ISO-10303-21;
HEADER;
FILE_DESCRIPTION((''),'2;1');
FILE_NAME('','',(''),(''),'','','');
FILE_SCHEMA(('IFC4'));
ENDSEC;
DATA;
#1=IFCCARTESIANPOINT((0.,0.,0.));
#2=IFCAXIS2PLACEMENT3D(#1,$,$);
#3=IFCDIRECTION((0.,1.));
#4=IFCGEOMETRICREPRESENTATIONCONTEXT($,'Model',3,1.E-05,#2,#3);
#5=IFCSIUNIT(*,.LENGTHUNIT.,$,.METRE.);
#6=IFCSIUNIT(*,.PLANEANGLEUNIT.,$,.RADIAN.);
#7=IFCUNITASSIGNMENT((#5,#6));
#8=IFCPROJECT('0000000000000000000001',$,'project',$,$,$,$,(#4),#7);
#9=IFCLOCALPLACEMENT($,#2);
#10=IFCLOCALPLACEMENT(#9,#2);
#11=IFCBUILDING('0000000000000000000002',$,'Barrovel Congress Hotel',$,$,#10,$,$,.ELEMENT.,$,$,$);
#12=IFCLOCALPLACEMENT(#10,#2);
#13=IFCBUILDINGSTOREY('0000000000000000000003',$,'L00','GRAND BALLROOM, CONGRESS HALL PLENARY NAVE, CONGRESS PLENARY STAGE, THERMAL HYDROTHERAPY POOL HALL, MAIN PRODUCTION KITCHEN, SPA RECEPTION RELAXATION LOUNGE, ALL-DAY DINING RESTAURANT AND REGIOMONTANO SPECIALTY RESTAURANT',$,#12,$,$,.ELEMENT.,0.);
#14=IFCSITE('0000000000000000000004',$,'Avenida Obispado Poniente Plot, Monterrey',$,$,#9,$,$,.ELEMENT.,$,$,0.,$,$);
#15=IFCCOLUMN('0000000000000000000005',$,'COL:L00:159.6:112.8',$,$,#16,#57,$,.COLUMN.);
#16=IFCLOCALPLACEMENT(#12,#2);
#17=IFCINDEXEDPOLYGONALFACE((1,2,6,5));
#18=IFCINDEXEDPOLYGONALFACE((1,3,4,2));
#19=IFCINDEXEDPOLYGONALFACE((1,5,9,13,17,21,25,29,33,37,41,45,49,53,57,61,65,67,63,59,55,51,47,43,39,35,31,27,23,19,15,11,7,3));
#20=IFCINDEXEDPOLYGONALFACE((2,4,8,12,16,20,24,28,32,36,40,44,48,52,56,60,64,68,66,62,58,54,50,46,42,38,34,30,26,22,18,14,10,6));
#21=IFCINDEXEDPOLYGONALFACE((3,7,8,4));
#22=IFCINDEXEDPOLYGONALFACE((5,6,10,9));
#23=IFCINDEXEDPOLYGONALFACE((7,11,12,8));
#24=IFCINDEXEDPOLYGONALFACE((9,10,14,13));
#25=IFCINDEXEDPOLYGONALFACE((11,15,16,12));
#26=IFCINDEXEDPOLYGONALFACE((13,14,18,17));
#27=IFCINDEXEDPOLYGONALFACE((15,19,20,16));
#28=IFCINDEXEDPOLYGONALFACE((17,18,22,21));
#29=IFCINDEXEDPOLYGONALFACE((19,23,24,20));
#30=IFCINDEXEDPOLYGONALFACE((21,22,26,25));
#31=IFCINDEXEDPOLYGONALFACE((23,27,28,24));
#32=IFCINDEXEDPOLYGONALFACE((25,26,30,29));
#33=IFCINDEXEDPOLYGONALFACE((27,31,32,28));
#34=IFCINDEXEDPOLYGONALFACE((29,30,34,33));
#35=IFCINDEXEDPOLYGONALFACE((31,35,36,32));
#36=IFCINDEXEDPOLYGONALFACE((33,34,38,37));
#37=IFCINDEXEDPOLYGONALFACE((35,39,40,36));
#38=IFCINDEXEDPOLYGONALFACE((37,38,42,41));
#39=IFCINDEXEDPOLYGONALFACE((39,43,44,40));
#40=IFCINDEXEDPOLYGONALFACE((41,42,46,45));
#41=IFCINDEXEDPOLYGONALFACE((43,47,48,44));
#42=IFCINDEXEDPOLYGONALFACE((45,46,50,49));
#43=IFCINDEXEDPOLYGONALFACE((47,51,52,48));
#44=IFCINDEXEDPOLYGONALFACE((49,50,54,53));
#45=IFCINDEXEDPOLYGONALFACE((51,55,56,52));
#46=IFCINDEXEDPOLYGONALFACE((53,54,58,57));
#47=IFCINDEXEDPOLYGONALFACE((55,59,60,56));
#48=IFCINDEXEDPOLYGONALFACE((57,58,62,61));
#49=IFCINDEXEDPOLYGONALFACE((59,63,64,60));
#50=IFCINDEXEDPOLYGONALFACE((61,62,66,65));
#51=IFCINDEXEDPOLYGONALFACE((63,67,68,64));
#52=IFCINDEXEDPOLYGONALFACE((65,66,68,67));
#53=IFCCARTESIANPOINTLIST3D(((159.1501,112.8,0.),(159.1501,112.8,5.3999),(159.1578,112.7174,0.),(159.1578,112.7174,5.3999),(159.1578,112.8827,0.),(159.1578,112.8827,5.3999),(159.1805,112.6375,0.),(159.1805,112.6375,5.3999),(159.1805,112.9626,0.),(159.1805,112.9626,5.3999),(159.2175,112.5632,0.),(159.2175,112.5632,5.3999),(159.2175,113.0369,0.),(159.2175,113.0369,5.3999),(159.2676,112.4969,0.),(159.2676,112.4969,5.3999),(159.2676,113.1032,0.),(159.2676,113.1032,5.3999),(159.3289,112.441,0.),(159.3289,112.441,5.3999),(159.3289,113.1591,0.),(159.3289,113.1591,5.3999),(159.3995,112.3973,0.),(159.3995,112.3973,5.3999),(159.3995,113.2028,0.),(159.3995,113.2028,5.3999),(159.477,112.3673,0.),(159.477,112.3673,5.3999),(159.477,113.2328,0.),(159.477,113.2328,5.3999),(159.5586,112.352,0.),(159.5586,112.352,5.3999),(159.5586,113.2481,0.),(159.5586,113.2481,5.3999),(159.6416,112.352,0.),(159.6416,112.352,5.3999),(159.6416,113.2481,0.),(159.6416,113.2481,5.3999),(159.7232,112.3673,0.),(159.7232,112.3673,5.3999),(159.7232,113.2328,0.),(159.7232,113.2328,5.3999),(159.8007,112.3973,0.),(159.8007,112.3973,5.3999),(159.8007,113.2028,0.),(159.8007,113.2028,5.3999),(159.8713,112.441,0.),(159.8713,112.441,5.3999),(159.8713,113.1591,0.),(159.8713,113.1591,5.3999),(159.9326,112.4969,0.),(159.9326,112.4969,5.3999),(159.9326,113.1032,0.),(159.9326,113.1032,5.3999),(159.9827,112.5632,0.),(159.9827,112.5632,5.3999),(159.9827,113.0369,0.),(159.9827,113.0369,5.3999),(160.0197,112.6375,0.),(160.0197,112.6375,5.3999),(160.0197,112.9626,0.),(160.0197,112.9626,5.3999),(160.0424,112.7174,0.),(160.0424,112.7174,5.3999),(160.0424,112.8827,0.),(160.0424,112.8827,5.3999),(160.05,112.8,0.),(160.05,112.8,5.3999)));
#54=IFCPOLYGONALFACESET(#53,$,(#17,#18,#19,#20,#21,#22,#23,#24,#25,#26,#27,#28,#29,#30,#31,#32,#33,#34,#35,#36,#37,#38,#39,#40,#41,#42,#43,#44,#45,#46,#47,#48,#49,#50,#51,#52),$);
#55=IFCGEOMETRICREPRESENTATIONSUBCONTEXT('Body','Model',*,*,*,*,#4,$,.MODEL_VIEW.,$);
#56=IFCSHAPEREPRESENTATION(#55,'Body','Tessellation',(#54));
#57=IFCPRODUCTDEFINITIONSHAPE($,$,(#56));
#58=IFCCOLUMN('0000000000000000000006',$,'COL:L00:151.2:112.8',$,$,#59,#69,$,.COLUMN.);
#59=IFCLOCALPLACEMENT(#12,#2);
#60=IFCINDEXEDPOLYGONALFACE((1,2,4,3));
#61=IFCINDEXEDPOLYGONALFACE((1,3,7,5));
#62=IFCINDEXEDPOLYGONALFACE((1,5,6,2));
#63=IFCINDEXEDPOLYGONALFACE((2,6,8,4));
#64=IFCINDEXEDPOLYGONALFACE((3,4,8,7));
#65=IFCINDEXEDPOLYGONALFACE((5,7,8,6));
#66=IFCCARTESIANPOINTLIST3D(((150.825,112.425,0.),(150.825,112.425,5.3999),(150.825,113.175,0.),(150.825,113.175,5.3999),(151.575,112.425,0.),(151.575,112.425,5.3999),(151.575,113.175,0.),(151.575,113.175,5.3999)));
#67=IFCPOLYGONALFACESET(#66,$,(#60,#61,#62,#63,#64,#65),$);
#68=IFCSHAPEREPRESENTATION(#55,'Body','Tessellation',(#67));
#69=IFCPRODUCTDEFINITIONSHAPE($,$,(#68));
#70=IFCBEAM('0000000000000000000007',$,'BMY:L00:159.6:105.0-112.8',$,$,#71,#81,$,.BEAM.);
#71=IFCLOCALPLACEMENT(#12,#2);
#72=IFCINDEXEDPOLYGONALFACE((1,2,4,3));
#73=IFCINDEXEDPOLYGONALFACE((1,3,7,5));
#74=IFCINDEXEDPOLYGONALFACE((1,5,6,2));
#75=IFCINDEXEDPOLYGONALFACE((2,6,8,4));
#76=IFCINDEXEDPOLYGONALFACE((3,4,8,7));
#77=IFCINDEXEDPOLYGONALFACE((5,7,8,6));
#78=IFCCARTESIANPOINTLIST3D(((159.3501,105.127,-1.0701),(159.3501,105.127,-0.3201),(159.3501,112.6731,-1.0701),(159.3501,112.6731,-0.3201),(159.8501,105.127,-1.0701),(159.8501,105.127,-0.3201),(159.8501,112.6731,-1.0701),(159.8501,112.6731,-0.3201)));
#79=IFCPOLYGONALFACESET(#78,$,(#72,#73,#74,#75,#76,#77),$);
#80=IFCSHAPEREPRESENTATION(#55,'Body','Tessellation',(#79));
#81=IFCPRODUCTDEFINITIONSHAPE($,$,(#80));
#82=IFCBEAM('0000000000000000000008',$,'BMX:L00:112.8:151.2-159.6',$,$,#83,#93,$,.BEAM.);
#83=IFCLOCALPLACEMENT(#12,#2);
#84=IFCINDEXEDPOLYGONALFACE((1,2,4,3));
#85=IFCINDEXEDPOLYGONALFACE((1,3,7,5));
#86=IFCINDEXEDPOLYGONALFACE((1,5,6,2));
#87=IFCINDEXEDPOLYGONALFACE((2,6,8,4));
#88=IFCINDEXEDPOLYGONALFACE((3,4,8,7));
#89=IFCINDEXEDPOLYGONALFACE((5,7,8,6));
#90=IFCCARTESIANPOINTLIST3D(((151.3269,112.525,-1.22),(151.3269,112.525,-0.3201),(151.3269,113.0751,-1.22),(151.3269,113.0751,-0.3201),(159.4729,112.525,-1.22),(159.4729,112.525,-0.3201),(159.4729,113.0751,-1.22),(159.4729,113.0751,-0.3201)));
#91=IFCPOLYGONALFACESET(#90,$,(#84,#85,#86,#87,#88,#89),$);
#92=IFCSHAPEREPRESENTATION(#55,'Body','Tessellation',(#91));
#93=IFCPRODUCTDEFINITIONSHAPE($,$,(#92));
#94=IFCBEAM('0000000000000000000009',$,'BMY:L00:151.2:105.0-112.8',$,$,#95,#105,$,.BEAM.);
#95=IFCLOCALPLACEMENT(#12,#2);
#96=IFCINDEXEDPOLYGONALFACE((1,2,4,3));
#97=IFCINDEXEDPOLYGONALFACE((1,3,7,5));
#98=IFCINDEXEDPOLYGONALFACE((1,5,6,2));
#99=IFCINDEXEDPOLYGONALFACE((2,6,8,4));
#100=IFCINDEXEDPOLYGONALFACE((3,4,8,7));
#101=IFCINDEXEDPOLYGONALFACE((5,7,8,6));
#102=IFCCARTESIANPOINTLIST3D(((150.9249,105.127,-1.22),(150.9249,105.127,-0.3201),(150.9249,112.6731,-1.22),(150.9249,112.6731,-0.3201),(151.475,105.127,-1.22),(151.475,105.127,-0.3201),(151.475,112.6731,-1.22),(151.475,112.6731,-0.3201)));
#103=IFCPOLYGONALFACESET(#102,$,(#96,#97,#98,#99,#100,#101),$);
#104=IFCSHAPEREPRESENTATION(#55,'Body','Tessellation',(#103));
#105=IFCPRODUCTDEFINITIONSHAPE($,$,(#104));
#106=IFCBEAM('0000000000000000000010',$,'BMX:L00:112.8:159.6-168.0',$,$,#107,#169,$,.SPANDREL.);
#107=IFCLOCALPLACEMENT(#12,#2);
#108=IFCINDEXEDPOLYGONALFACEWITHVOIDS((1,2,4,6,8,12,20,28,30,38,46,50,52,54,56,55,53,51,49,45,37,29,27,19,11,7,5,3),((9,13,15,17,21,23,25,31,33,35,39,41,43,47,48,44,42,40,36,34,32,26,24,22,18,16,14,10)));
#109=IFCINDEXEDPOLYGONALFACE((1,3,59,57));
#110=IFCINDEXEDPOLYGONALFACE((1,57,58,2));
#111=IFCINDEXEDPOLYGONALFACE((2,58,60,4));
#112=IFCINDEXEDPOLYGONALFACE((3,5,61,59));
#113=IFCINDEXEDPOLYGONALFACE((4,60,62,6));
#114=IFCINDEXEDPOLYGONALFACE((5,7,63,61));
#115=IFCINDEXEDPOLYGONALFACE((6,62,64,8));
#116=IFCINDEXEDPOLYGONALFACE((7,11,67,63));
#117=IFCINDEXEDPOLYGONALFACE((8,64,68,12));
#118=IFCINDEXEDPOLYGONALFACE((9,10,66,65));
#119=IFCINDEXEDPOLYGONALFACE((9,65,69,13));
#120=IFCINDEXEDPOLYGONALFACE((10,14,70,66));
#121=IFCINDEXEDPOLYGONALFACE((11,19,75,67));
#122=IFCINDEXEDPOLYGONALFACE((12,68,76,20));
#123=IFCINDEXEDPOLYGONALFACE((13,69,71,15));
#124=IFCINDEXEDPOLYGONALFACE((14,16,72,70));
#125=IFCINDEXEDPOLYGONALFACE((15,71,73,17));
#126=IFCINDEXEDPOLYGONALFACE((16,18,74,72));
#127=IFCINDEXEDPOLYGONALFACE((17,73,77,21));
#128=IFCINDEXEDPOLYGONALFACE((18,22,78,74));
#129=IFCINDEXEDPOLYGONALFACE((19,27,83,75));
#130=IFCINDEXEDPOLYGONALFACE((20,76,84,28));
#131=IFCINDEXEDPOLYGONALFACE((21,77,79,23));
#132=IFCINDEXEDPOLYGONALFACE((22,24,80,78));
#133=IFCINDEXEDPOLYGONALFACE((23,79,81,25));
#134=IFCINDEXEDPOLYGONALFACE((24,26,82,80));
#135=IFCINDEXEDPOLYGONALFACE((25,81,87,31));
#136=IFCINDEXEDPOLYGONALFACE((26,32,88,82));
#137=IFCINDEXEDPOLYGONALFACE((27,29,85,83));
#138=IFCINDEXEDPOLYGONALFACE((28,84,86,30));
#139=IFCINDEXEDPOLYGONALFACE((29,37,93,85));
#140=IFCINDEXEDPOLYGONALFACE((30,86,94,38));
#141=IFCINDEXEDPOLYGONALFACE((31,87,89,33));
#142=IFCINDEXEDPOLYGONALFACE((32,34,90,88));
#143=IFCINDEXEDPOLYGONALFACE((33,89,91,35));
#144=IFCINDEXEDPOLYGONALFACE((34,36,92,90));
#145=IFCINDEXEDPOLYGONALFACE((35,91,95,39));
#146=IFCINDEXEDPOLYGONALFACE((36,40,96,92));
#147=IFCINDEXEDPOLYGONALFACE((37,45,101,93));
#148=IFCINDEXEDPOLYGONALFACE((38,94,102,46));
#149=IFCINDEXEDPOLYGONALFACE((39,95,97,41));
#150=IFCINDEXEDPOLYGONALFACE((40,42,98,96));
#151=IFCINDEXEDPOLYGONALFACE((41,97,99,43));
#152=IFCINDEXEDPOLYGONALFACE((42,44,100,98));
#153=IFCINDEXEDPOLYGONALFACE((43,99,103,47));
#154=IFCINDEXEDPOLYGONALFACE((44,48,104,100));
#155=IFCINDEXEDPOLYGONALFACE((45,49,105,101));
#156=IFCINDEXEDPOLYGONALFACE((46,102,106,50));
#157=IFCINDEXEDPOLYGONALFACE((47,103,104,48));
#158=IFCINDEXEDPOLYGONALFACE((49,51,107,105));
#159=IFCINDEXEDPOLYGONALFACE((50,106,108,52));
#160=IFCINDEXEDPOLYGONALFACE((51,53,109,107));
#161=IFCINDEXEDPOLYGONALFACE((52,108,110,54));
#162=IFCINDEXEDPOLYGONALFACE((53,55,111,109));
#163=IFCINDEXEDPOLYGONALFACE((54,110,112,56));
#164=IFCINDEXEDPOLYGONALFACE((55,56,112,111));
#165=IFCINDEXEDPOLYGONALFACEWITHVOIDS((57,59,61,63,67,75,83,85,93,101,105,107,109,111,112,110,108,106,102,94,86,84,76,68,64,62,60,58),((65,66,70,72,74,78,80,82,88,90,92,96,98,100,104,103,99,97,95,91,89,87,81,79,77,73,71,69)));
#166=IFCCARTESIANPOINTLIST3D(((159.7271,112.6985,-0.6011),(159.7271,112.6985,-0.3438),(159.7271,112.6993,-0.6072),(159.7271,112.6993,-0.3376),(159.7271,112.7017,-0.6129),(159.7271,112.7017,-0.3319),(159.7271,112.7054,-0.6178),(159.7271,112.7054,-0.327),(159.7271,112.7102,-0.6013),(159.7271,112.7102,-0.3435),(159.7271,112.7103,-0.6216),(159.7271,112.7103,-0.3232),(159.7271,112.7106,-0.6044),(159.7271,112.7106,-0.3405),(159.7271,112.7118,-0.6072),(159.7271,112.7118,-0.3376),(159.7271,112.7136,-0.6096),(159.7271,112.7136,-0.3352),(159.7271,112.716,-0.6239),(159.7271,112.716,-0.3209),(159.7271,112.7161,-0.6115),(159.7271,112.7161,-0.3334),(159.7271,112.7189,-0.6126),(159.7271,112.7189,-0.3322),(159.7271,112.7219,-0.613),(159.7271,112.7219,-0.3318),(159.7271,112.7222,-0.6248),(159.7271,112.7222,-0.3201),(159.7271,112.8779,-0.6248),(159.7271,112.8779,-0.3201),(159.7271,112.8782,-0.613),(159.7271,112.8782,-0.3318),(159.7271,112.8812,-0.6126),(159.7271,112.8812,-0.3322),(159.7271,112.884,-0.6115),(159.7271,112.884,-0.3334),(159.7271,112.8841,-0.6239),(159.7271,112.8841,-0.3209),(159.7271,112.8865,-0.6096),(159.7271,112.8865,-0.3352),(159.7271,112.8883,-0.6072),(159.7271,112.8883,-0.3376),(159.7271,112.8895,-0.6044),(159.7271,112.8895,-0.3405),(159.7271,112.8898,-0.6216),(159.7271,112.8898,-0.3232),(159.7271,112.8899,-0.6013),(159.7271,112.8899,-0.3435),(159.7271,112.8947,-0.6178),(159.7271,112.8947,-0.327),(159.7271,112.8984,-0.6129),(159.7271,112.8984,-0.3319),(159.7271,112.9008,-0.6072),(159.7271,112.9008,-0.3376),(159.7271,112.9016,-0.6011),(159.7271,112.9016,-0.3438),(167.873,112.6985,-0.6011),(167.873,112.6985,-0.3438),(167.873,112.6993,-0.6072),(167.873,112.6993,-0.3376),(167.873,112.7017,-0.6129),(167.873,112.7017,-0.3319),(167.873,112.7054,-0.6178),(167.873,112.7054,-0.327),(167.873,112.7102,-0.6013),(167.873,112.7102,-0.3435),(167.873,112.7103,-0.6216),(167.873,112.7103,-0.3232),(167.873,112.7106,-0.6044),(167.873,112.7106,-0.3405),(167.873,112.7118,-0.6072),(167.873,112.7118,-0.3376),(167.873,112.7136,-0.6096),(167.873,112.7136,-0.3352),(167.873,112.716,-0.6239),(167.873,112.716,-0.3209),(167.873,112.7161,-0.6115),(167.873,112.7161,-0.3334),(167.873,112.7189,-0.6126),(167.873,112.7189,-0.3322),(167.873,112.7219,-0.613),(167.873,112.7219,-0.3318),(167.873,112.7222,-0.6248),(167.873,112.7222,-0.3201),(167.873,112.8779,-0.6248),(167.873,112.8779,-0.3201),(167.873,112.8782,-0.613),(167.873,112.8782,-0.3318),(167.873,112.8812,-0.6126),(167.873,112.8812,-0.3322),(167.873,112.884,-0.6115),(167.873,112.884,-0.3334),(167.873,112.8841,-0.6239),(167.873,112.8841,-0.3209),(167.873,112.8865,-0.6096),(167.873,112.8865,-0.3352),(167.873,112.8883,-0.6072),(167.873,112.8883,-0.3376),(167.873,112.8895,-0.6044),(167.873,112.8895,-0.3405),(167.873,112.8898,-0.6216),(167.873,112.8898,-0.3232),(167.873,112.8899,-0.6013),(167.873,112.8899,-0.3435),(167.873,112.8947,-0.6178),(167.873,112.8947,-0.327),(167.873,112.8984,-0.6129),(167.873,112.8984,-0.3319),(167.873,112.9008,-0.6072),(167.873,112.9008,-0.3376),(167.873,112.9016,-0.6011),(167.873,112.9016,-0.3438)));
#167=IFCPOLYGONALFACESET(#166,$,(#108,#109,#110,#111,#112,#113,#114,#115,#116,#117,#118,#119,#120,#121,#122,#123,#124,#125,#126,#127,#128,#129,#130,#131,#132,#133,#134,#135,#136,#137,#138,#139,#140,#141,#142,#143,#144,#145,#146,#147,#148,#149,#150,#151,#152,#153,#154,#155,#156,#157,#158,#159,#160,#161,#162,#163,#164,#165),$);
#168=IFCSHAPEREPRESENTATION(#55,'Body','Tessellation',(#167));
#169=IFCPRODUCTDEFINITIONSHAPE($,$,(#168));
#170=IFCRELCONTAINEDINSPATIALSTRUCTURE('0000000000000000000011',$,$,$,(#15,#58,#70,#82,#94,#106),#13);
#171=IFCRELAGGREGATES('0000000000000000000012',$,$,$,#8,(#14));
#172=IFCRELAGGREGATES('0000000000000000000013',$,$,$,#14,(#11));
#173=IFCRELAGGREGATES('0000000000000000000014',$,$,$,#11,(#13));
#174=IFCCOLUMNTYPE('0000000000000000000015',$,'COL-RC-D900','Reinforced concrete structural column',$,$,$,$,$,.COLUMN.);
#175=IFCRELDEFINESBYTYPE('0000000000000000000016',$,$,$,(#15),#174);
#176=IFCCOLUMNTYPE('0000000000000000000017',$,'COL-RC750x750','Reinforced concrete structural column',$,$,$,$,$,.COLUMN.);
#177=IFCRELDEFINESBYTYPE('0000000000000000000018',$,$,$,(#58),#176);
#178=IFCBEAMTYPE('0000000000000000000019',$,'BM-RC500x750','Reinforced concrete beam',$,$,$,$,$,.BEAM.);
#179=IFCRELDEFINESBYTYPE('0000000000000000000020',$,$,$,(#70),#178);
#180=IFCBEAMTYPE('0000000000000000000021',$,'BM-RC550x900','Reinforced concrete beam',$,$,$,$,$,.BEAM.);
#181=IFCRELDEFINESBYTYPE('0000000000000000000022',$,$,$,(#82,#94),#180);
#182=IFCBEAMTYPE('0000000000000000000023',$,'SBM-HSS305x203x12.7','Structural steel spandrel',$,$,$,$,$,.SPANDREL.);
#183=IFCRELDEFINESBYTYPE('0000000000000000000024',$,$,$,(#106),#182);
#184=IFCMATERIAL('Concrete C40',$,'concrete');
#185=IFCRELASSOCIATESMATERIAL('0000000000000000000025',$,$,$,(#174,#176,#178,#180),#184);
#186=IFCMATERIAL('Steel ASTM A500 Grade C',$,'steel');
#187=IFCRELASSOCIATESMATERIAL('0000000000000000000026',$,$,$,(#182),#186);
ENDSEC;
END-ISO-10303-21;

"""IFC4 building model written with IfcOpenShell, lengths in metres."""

from ifc_helpers import new_model, si_unit, direction, frame, origin, origin_2d, place, context, subcontext, project, spatial, rectangle, hollow_rectangle, circle, extrude, material, material_profile, profile_set, type_object, element, save


model = new_model("IFC4")

# Units and contexts
model_context = context("Model", 3, precision=1e-05, world=origin(), true_north=direction((0.0, 1.0)))
body_context = subcontext(model_context, "Body", "Model", "MODEL_VIEW")
ifc_project = project(units=[si_unit("LENGTHUNIT", "METRE"), si_unit("PLANEANGLEUNIT", "RADIAN")], contexts=[model_context])

# Site, building, storey
site_placement = place(None, origin())
site = spatial("IfcSite", under=ifc_project, at=site_placement, Name="Avenida Obispado Poniente Plot, Monterrey", CompositionType="ELEMENT", RefElevation=0.0)
building_placement = place(site_placement, origin())
building = spatial("IfcBuilding", under=site, at=building_placement, Name="Barrovel Congress Hotel", CompositionType="ELEMENT")
storey_placement = place(building_placement, origin())
storey = spatial("IfcBuildingStorey", under=building, at=storey_placement, Name="L00", Description="GRAND BALLROOM, CONGRESS HALL PLENARY NAVE, CONGRESS PLENARY STAGE, THERMAL HYDROTHERAPY POOL HALL, MAIN PRODUCTION KITCHEN, SPA RECEPTION RELAXATION LOUNGE, ALL-DAY DINING RESTAURANT AND REGIOMONTANO SPECIALTY RESTAURANT", CompositionType="ELEMENT", Elevation=0.0)

# Shared definitions
ifc_material_1 = material(Name="Concrete C40", Category="concrete")

# Columns
ifc_material_profile_1 = material_profile(ifc_material_1, circle(Radius=0.45, at=origin_2d()), Name="RC-D900")
ifc_profile_set_1 = profile_set([ifc_material_profile_1], Name="Concrete C40")
column_type_1 = type_object("IfcColumnType", Name="COL-RC-D900", Description="Reinforced concrete structural column", PredefinedType="COLUMN", material=ifc_profile_set_1)
column_1_placement = place(storey_placement, frame((159.6001, 112.8, 0.0), z_axis=(0.0, 0.0, 1.0), x_axis=(1.0, 0.0, 0.0)))
element("IfcColumn", 1, at=column_1_placement, inside=storey, type_object=column_type_1, Name="COL:L00:159.6:112.8", PredefinedType="COLUMN", context=body_context, shape_type="SweptSolid", body=[
    extrude(circle(Radius=0.45, at=origin_2d()), origin(), (0.0, 0.0, 1.0), 5.3999),
])
ifc_material_profile_2 = material_profile(ifc_material_1, rectangle(XDim=0.75, YDim=0.75, at=origin_2d()), Name="RC750x750")
ifc_profile_set_2 = profile_set([ifc_material_profile_2], Name="Concrete C40")
column_type_2 = type_object("IfcColumnType", Name="COL-RC750x750", Description="Reinforced concrete structural column", PredefinedType="COLUMN", material=ifc_profile_set_2)
column_2_placement = place(storey_placement, frame((151.2, 112.8, 0.0), z_axis=(0.0, 0.0, 1.0), x_axis=(1.0, 0.0, 0.0)))
element("IfcColumn", 2, at=column_2_placement, inside=storey, type_object=column_type_2, Name="COL:L00:151.2:112.8", PredefinedType="COLUMN", context=body_context, shape_type="SweptSolid", body=[
    extrude(rectangle(XDim=0.75, YDim=0.75, at=origin_2d()), origin(), (0.0, 0.0, 1.0), 5.3999),
])

# Beams
ifc_material_profile_3 = material_profile(ifc_material_1, rectangle(XDim=0.5, YDim=0.75, at=origin_2d()), Name="RC500x750")
ifc_profile_set_3 = profile_set([ifc_material_profile_3], Name="Concrete C40")
beam_type_1 = type_object("IfcBeamType", Name="BM-RC500x750", Description="Reinforced concrete beam", PredefinedType="BEAM", material=ifc_profile_set_3)
beam_1_placement = place(storey_placement, frame((159.6001, 105.127, -0.6951), z_axis=(0.0, 1.0, 0.0), x_axis=(-1.0, 0.0, 0.0)))
element("IfcBeam", 3, at=beam_1_placement, inside=storey, type_object=beam_type_1, Name="BMY:L00:159.6:105.0-112.8", PredefinedType="BEAM", context=body_context, shape_type="SweptSolid", body=[
    extrude(rectangle(XDim=0.5, YDim=0.75, at=origin_2d()), origin(), (0.0, 0.0, 1.0), 7.5461),
])
ifc_material_profile_4 = material_profile(ifc_material_1, rectangle(XDim=0.55, YDim=0.8999, at=origin_2d()), Name="RC550x900")
ifc_profile_set_4 = profile_set([ifc_material_profile_4], Name="Concrete C40")
beam_type_2 = type_object("IfcBeamType", Name="BM-RC550x900", Description="Reinforced concrete beam", PredefinedType="BEAM", material=ifc_profile_set_4)
beam_2_placement = place(storey_placement, frame((151.3269, 112.8, -0.77), z_axis=(1.0, 0.0, 0.0), x_axis=(0.0, 1.0, 0.0)))
element("IfcBeam", 4, at=beam_2_placement, inside=storey, type_object=beam_type_2, Name="BMX:L00:112.8:151.2-159.6", PredefinedType="BEAM", context=body_context, shape_type="SweptSolid", body=[
    extrude(rectangle(XDim=0.55, YDim=0.8999, at=origin_2d()), origin(), (0.0, 0.0, 1.0), 8.146),
])
beam_3_placement = place(storey_placement, frame((151.2, 105.127, -0.77), z_axis=(0.0, 1.0, 0.0), x_axis=(-1.0, 0.0, 0.0)))
element("IfcBeam", 5, at=beam_3_placement, inside=storey, type_object=beam_type_2, Name="BMY:L00:151.2:105.0-112.8", PredefinedType="BEAM", context=body_context, shape_type="SweptSolid", body=[
    extrude(rectangle(XDim=0.55, YDim=0.8999, at=origin_2d()), origin(), (0.0, 0.0, 1.0), 7.5461),
])
ifc_material_2 = material(Name="Steel ASTM A500 Grade C", Category="steel")
ifc_material_profile_5 = material_profile(ifc_material_2, hollow_rectangle(XDim=0.2031, YDim=0.3047, WallThickness=0.0117, InnerFilletRadius=0.0117, OuterFilletRadius=0.0237, at=origin_2d()), Name="HSS305x203x12.7")
ifc_profile_set_5 = profile_set([ifc_material_profile_5], Name="Steel ASTM A500 Grade C")
beam_type_3 = type_object("IfcBeamType", Name="SBM-HSS305x203x12.7", Description="Structural steel spandrel", PredefinedType="SPANDREL", material=ifc_profile_set_5)
beam_4_placement = place(storey_placement, frame((159.7271, 112.8, -0.4724), z_axis=(1.0, 0.0, 0.0), x_axis=(0.0, 1.0, 0.0)))
element("IfcBeam", 6, at=beam_4_placement, inside=storey, type_object=beam_type_3, Name="BMX:L00:112.8:159.6-168.0", PredefinedType="SPANDREL", context=body_context, shape_type="SweptSolid", body=[
    extrude(hollow_rectangle(XDim=0.2031, YDim=0.3047, WallThickness=0.0117, InnerFilletRadius=0.0117, OuterFilletRadius=0.0237, at=origin_2d()), origin(), (0.0, 0.0, 1.0), 8.146),
])

save(model, "model.ifc")
